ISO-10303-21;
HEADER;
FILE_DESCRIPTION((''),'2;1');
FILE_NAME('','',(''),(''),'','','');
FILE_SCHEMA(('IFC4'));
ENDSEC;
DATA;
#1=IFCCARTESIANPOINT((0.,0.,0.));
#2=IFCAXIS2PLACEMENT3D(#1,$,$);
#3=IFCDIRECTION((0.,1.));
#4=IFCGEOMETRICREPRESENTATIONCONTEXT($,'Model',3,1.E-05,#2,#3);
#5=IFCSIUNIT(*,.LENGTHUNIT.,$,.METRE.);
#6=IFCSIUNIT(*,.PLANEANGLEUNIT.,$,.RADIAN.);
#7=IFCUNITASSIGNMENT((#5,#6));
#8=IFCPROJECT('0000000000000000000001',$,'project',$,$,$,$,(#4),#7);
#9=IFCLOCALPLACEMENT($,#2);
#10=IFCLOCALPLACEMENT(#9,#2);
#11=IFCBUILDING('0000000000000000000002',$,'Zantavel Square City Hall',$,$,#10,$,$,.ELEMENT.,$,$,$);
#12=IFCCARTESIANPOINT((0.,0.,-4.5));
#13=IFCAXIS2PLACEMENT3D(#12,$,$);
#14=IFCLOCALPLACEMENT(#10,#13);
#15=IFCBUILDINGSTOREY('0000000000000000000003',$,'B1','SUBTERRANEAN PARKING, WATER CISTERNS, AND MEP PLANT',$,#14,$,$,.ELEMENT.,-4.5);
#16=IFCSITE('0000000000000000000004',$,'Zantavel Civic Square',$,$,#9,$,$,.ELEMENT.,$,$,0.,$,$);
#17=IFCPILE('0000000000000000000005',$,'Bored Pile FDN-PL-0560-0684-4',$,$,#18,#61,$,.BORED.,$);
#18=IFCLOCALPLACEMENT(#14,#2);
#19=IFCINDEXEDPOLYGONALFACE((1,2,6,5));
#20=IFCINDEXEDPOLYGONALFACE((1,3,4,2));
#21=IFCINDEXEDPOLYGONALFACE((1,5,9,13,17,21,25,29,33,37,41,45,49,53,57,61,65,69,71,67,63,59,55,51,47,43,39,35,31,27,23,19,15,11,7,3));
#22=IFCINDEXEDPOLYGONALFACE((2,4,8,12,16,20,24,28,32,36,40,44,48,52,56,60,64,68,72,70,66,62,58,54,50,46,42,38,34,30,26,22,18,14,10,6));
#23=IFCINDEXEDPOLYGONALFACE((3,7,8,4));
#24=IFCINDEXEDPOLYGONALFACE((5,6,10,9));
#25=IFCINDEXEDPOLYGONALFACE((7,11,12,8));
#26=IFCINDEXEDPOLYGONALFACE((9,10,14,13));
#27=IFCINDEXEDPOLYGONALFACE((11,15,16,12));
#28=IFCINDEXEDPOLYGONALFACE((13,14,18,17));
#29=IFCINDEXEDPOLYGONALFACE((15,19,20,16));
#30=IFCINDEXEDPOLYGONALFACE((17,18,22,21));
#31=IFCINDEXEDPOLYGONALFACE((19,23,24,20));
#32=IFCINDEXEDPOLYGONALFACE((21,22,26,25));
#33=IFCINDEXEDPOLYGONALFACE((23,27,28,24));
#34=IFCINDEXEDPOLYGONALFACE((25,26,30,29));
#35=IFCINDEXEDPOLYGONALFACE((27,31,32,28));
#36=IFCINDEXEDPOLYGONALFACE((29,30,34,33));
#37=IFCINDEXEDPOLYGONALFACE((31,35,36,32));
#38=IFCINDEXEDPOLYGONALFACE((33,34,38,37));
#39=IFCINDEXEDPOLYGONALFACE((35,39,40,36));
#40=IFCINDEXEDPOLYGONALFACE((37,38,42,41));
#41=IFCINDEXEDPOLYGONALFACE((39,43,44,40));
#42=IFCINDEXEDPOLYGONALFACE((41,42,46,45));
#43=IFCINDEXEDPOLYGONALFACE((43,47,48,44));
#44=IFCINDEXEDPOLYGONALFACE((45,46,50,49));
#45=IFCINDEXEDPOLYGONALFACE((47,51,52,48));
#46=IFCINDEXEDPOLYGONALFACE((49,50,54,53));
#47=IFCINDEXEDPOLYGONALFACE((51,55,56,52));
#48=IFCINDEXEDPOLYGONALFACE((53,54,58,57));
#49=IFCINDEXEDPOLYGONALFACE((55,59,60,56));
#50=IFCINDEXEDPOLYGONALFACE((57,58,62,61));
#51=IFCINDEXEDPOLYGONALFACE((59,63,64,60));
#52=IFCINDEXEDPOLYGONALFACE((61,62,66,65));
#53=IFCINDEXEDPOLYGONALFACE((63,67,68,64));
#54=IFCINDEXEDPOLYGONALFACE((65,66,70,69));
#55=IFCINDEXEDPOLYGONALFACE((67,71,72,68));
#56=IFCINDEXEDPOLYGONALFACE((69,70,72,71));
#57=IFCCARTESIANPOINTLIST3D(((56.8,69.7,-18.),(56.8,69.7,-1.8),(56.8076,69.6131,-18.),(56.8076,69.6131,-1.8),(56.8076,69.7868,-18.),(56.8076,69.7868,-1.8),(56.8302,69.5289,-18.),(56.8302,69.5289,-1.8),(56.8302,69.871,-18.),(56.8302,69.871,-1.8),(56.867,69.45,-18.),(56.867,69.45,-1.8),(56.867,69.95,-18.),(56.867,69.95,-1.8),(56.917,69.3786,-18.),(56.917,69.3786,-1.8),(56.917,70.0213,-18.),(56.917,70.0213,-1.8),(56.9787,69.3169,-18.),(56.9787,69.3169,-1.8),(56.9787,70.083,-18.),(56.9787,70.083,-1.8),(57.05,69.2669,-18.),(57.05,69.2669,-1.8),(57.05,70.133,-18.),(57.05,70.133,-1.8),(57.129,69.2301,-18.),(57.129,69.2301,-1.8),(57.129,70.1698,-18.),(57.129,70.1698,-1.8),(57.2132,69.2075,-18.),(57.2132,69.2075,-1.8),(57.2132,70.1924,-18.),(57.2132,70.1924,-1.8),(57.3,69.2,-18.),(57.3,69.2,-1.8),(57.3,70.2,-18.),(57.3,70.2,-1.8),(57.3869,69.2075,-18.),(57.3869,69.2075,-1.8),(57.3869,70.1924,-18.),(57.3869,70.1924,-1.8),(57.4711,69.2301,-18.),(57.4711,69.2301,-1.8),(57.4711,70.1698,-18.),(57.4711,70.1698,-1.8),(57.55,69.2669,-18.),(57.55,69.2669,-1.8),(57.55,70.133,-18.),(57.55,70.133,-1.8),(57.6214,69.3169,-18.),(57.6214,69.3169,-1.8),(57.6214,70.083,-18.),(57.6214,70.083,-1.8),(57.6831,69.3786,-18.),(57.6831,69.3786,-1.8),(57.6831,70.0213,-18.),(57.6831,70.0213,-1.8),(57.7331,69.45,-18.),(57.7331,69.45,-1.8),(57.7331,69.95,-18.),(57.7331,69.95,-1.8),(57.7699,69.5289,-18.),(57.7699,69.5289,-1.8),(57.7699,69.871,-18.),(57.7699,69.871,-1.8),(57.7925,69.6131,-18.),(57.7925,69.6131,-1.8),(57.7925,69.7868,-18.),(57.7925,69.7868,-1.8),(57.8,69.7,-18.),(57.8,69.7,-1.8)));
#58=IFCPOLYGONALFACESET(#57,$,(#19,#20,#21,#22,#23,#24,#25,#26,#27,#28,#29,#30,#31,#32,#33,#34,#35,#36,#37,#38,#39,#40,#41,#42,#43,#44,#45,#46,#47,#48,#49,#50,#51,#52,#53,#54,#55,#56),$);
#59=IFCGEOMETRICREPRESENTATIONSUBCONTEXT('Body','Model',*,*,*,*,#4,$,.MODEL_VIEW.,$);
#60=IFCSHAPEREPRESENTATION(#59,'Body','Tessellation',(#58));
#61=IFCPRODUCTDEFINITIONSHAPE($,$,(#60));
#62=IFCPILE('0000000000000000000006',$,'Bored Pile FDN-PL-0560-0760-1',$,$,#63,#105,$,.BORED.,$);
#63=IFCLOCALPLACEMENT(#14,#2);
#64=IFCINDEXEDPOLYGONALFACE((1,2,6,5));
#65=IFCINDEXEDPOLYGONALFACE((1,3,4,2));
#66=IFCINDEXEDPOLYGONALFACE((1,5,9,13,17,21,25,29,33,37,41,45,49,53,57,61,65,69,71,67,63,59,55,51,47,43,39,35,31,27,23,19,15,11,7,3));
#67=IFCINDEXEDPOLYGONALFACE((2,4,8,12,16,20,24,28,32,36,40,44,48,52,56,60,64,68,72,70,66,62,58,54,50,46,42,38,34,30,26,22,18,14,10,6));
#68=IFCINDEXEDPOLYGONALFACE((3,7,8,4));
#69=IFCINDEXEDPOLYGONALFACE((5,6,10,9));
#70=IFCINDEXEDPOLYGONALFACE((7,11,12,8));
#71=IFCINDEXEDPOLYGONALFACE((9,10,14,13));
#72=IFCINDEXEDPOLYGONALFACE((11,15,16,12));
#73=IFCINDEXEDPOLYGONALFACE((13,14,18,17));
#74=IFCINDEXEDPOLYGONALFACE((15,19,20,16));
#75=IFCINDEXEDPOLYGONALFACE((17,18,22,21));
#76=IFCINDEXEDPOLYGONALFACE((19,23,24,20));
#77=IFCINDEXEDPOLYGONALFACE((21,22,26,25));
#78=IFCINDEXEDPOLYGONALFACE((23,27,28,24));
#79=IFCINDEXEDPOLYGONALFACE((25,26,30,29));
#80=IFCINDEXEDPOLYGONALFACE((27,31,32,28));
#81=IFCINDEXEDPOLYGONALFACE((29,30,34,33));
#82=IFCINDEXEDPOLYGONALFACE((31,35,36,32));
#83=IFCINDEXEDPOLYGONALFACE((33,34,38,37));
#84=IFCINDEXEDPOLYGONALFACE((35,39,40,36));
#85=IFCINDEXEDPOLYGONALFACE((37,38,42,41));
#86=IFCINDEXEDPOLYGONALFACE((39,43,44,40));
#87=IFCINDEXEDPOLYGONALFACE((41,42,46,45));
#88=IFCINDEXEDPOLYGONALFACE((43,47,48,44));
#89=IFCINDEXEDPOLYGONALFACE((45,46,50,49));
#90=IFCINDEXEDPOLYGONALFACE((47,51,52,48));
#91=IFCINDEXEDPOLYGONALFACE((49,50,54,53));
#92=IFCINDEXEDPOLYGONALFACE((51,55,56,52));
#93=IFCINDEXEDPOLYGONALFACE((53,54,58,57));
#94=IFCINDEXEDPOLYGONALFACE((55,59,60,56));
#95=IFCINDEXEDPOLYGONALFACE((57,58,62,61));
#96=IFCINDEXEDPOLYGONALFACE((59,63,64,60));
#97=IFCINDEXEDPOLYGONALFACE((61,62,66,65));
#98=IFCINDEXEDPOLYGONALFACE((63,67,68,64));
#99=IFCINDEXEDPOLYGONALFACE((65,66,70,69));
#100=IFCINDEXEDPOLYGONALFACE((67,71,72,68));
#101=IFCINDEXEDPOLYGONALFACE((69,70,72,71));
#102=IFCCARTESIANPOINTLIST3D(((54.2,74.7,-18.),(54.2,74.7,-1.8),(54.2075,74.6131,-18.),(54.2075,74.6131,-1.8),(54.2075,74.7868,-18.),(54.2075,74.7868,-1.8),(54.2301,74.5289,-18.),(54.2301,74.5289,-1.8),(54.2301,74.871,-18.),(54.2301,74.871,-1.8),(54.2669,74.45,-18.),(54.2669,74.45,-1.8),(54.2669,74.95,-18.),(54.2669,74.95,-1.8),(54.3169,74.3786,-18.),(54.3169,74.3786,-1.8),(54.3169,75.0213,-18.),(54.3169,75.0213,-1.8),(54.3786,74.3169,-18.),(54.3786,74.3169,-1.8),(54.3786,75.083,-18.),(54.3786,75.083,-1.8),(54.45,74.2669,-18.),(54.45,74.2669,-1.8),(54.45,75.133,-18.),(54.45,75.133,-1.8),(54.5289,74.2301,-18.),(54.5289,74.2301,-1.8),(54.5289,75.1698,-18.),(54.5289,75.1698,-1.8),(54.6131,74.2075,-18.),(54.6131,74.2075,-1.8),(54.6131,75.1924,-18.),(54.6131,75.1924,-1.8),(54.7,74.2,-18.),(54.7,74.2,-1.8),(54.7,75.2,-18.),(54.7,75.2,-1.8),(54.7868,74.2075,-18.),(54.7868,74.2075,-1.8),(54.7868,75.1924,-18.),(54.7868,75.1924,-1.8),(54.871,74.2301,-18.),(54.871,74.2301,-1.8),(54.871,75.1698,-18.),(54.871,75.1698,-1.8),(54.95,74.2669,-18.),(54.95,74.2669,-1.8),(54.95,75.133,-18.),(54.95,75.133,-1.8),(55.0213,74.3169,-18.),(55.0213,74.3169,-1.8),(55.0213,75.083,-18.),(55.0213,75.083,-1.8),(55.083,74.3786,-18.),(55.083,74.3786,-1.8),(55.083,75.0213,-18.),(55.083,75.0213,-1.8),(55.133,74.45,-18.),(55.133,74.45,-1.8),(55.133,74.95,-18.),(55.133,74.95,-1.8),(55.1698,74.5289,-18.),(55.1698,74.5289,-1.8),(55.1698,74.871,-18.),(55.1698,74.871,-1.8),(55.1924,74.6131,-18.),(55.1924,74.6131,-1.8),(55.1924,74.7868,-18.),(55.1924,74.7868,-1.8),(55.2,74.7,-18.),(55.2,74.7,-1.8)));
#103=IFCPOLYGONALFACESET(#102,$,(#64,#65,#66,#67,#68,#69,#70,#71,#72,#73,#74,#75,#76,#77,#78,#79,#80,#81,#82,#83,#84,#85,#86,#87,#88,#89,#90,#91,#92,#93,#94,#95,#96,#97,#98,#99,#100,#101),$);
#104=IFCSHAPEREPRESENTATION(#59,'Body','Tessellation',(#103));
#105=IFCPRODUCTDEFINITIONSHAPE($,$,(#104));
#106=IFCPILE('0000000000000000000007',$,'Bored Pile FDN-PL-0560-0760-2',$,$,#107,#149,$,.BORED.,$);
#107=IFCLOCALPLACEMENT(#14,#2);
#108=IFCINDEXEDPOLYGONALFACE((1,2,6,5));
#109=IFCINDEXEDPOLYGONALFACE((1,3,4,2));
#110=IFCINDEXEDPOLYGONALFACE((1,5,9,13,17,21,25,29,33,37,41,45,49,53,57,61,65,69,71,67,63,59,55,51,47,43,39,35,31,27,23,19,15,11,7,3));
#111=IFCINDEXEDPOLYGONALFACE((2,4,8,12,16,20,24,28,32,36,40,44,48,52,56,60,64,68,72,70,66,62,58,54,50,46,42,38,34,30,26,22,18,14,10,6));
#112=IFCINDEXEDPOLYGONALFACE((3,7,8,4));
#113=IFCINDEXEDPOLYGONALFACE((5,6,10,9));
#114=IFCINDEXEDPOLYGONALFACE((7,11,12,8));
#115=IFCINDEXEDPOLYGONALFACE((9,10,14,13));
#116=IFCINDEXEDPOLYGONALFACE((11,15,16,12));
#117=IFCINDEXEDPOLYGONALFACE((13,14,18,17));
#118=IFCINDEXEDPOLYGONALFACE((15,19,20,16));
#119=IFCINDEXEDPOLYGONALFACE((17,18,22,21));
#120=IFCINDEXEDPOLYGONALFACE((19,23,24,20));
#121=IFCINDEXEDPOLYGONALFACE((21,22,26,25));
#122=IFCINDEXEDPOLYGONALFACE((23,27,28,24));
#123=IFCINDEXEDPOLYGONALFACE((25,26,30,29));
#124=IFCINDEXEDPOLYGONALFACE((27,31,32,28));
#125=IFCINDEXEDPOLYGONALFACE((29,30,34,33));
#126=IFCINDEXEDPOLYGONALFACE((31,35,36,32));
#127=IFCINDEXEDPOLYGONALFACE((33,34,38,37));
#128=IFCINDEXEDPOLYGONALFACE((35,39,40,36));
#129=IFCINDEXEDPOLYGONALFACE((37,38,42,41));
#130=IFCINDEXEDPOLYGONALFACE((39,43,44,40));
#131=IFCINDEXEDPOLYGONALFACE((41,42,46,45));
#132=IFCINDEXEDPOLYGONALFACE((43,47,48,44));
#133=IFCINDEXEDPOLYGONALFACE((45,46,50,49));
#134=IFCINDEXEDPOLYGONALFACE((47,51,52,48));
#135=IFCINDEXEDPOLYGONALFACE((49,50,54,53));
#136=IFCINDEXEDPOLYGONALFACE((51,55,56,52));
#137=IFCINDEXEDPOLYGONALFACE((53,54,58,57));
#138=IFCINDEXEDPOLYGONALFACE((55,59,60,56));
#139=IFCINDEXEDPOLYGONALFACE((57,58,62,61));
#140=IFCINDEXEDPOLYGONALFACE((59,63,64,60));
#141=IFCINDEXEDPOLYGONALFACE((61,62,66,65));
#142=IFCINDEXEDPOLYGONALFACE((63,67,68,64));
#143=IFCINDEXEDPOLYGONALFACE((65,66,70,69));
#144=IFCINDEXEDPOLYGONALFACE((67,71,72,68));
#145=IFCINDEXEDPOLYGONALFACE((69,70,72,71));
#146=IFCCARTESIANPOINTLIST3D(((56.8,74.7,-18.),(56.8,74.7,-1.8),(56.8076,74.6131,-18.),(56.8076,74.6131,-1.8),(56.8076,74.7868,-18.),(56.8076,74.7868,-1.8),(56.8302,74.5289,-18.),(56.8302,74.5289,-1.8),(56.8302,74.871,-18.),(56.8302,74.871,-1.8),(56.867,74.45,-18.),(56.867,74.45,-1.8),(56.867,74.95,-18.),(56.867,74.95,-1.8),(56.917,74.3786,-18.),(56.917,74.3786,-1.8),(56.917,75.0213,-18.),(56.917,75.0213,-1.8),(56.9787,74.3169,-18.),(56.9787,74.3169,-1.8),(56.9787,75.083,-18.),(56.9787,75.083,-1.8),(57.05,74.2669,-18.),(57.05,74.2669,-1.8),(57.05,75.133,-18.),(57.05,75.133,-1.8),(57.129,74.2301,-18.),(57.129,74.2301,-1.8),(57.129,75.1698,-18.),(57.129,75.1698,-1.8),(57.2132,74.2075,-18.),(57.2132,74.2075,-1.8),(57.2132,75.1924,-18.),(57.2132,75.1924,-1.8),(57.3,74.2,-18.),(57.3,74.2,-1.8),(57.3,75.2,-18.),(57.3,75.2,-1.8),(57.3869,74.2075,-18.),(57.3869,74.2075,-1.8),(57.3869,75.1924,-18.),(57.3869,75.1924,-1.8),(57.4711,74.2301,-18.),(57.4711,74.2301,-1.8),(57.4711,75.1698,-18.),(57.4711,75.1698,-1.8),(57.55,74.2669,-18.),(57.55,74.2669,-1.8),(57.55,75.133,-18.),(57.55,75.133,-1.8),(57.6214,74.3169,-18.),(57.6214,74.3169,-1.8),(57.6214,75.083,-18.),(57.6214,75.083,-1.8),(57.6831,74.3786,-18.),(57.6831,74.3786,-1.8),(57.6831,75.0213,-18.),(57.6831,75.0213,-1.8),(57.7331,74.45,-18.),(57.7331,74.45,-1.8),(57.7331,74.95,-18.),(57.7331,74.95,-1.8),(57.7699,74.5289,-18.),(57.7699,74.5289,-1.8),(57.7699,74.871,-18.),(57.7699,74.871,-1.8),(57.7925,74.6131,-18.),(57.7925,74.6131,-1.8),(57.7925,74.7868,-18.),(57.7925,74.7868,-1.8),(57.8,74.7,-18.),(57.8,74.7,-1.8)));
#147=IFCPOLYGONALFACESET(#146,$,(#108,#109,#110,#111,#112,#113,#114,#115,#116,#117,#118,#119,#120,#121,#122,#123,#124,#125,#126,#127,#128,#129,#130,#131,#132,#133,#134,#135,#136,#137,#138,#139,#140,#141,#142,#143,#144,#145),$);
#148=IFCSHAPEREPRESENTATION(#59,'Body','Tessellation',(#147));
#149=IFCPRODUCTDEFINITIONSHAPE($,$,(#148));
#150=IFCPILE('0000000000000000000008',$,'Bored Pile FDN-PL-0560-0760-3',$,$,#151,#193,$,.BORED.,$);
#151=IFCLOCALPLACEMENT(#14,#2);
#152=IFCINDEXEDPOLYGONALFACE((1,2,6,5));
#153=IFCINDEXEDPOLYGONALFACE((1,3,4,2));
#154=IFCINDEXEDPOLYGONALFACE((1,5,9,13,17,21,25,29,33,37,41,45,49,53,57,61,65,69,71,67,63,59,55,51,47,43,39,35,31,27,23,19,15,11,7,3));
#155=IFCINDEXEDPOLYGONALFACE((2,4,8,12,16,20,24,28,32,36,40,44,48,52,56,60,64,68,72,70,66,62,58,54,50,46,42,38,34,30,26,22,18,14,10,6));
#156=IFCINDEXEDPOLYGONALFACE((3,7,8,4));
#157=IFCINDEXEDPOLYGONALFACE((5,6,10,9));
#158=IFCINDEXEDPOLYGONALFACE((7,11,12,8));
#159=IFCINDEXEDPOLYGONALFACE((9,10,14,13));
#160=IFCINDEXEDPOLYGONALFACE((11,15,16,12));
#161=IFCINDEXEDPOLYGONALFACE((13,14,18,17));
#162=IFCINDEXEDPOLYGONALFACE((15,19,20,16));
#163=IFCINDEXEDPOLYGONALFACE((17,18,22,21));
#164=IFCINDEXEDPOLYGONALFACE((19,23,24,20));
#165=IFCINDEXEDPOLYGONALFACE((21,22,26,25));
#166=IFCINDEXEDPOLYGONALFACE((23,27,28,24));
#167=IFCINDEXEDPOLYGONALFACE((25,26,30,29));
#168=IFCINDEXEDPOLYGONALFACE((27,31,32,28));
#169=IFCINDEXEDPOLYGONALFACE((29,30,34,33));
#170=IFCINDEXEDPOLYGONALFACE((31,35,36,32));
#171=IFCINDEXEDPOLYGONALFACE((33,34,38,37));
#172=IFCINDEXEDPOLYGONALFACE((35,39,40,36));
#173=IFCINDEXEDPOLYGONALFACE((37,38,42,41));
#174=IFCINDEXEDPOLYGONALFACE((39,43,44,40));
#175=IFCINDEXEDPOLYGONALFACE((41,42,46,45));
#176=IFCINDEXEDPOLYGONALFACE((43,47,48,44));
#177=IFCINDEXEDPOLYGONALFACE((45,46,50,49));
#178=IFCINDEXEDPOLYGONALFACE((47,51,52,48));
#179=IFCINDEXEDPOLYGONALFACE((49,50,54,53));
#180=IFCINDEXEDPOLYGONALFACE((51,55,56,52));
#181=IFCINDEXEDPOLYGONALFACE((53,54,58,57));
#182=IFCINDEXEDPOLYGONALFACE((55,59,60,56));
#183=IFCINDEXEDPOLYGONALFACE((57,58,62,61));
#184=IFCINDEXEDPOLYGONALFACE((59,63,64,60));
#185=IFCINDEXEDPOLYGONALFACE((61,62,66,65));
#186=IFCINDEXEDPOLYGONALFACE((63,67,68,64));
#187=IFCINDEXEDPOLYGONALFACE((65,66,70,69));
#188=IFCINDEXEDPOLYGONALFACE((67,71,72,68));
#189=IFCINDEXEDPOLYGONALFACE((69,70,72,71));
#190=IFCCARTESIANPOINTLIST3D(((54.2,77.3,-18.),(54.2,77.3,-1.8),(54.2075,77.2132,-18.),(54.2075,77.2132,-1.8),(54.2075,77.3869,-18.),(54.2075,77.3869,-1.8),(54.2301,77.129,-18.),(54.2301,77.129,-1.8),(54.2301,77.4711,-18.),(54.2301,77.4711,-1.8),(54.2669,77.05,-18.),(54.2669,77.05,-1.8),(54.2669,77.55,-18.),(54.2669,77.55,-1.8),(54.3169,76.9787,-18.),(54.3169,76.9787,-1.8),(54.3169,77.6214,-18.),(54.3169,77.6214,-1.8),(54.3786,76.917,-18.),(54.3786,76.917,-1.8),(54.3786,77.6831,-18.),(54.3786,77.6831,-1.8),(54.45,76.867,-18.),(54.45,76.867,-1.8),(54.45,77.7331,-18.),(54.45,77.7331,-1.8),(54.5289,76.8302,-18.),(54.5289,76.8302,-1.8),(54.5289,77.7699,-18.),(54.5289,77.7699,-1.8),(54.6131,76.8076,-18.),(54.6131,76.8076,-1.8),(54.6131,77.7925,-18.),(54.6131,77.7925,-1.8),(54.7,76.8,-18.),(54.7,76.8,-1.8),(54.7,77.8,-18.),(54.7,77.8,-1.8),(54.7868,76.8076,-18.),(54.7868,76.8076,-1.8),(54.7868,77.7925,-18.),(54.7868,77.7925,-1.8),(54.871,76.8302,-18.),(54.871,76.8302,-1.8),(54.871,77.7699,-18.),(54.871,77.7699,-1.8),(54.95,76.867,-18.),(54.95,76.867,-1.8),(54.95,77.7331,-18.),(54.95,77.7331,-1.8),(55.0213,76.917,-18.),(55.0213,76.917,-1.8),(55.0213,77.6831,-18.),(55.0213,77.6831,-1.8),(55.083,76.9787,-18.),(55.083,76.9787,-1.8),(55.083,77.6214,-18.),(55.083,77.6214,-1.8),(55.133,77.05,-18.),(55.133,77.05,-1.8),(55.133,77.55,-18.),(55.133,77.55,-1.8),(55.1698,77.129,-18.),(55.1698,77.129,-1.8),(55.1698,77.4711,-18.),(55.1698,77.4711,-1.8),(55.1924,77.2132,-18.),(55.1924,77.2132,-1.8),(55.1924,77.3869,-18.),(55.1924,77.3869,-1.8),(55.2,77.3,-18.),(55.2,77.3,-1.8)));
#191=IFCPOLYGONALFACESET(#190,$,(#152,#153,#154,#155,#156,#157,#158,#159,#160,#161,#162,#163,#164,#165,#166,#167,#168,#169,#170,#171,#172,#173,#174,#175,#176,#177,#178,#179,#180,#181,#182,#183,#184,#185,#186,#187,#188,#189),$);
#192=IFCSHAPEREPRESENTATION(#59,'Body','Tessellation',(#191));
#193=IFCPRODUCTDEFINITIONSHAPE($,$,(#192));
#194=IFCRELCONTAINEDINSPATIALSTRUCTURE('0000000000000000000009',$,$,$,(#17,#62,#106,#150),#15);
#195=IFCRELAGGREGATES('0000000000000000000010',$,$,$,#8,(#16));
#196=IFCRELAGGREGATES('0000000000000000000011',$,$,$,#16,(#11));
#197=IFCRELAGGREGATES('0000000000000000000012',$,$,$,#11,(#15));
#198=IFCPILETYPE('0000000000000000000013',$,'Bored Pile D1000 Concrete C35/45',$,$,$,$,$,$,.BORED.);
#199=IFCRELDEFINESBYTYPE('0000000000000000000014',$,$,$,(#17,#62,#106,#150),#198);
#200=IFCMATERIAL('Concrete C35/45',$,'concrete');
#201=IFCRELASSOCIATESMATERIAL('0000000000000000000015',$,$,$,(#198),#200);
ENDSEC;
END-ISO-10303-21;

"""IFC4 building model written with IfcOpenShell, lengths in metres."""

from ifc_helpers import new_model, si_unit, direction, frame, origin, origin_2d, place, context, subcontext, project, spatial, circle, extrude, material, material_profile, profile_set, type_object, element, save


model = new_model("IFC4")

# Units and contexts
model_context = context("Model", 3, precision=1e-05, world=origin(), true_north=direction((0.0, 1.0)))
body_context = subcontext(model_context, "Body", "Model", "MODEL_VIEW")
ifc_project = project(units=[si_unit("LENGTHUNIT", "METRE"), si_unit("PLANEANGLEUNIT", "RADIAN")], contexts=[model_context])

# Site, building, storey
site_placement = place(None, origin())
site = spatial("IfcSite", under=ifc_project, at=site_placement, Name="Zantavel Civic Square", CompositionType="ELEMENT", RefElevation=0.0)
building_placement = place(site_placement, origin())
building = spatial("IfcBuilding", under=site, at=building_placement, Name="Zantavel Square City Hall", CompositionType="ELEMENT")
storey_placement = place(building_placement, frame((0.0, 0.0, -4.5)))
storey = spatial("IfcBuildingStorey", under=building, at=storey_placement, Name="B1", Description="SUBTERRANEAN PARKING, WATER CISTERNS, AND MEP PLANT", CompositionType="ELEMENT", Elevation=-4.5)

# Piles
ifc_material_1 = material(Name="Concrete C35/45", Category="concrete")
ifc_material_profile_1 = material_profile(ifc_material_1, circle(Radius=0.5, at=origin_2d()), Name="PILE D1000")
ifc_profile_set_1 = profile_set([ifc_material_profile_1], Name="Concrete C35/45")
pile_type_1 = type_object("IfcPileType", Name="Bored Pile D1000 Concrete C35/45", PredefinedType="BORED", material=ifc_profile_set_1)
for number, where, z_axis, x_axis, name in (
    (1, (57.3, 69.7, -1.8), (0.0, 0.0, -1.0), (1.0, 0.0, 0.0), "Bored Pile FDN-PL-0560-0684-4"),
    (2, (54.7, 74.7, -1.8), (0.0, 0.0, -1.0), (1.0, 0.0, 0.0), "Bored Pile FDN-PL-0560-0760-1"),
    (3, (57.3, 74.7, -1.8), (0.0, 0.0, -1.0), (1.0, 0.0, 0.0), "Bored Pile FDN-PL-0560-0760-2"),
    (4, (54.7, 77.3, -1.8), (0.0, 0.0, -1.0), (1.0, 0.0, 0.0), "Bored Pile FDN-PL-0560-0760-3"),
):
    element("IfcPile", number, at=place(storey_placement, frame(where, z_axis=z_axis, x_axis=x_axis)), inside=storey, type_object=pile_type_1, Name=name, PredefinedType="BORED", context=body_context, shape_type="SweptSolid", body=[
        extrude(circle(Radius=0.5, at=origin_2d()), origin(), (0.0, 0.0, 1.0), 16.2),
    ])

save(model, "model.ifc")
